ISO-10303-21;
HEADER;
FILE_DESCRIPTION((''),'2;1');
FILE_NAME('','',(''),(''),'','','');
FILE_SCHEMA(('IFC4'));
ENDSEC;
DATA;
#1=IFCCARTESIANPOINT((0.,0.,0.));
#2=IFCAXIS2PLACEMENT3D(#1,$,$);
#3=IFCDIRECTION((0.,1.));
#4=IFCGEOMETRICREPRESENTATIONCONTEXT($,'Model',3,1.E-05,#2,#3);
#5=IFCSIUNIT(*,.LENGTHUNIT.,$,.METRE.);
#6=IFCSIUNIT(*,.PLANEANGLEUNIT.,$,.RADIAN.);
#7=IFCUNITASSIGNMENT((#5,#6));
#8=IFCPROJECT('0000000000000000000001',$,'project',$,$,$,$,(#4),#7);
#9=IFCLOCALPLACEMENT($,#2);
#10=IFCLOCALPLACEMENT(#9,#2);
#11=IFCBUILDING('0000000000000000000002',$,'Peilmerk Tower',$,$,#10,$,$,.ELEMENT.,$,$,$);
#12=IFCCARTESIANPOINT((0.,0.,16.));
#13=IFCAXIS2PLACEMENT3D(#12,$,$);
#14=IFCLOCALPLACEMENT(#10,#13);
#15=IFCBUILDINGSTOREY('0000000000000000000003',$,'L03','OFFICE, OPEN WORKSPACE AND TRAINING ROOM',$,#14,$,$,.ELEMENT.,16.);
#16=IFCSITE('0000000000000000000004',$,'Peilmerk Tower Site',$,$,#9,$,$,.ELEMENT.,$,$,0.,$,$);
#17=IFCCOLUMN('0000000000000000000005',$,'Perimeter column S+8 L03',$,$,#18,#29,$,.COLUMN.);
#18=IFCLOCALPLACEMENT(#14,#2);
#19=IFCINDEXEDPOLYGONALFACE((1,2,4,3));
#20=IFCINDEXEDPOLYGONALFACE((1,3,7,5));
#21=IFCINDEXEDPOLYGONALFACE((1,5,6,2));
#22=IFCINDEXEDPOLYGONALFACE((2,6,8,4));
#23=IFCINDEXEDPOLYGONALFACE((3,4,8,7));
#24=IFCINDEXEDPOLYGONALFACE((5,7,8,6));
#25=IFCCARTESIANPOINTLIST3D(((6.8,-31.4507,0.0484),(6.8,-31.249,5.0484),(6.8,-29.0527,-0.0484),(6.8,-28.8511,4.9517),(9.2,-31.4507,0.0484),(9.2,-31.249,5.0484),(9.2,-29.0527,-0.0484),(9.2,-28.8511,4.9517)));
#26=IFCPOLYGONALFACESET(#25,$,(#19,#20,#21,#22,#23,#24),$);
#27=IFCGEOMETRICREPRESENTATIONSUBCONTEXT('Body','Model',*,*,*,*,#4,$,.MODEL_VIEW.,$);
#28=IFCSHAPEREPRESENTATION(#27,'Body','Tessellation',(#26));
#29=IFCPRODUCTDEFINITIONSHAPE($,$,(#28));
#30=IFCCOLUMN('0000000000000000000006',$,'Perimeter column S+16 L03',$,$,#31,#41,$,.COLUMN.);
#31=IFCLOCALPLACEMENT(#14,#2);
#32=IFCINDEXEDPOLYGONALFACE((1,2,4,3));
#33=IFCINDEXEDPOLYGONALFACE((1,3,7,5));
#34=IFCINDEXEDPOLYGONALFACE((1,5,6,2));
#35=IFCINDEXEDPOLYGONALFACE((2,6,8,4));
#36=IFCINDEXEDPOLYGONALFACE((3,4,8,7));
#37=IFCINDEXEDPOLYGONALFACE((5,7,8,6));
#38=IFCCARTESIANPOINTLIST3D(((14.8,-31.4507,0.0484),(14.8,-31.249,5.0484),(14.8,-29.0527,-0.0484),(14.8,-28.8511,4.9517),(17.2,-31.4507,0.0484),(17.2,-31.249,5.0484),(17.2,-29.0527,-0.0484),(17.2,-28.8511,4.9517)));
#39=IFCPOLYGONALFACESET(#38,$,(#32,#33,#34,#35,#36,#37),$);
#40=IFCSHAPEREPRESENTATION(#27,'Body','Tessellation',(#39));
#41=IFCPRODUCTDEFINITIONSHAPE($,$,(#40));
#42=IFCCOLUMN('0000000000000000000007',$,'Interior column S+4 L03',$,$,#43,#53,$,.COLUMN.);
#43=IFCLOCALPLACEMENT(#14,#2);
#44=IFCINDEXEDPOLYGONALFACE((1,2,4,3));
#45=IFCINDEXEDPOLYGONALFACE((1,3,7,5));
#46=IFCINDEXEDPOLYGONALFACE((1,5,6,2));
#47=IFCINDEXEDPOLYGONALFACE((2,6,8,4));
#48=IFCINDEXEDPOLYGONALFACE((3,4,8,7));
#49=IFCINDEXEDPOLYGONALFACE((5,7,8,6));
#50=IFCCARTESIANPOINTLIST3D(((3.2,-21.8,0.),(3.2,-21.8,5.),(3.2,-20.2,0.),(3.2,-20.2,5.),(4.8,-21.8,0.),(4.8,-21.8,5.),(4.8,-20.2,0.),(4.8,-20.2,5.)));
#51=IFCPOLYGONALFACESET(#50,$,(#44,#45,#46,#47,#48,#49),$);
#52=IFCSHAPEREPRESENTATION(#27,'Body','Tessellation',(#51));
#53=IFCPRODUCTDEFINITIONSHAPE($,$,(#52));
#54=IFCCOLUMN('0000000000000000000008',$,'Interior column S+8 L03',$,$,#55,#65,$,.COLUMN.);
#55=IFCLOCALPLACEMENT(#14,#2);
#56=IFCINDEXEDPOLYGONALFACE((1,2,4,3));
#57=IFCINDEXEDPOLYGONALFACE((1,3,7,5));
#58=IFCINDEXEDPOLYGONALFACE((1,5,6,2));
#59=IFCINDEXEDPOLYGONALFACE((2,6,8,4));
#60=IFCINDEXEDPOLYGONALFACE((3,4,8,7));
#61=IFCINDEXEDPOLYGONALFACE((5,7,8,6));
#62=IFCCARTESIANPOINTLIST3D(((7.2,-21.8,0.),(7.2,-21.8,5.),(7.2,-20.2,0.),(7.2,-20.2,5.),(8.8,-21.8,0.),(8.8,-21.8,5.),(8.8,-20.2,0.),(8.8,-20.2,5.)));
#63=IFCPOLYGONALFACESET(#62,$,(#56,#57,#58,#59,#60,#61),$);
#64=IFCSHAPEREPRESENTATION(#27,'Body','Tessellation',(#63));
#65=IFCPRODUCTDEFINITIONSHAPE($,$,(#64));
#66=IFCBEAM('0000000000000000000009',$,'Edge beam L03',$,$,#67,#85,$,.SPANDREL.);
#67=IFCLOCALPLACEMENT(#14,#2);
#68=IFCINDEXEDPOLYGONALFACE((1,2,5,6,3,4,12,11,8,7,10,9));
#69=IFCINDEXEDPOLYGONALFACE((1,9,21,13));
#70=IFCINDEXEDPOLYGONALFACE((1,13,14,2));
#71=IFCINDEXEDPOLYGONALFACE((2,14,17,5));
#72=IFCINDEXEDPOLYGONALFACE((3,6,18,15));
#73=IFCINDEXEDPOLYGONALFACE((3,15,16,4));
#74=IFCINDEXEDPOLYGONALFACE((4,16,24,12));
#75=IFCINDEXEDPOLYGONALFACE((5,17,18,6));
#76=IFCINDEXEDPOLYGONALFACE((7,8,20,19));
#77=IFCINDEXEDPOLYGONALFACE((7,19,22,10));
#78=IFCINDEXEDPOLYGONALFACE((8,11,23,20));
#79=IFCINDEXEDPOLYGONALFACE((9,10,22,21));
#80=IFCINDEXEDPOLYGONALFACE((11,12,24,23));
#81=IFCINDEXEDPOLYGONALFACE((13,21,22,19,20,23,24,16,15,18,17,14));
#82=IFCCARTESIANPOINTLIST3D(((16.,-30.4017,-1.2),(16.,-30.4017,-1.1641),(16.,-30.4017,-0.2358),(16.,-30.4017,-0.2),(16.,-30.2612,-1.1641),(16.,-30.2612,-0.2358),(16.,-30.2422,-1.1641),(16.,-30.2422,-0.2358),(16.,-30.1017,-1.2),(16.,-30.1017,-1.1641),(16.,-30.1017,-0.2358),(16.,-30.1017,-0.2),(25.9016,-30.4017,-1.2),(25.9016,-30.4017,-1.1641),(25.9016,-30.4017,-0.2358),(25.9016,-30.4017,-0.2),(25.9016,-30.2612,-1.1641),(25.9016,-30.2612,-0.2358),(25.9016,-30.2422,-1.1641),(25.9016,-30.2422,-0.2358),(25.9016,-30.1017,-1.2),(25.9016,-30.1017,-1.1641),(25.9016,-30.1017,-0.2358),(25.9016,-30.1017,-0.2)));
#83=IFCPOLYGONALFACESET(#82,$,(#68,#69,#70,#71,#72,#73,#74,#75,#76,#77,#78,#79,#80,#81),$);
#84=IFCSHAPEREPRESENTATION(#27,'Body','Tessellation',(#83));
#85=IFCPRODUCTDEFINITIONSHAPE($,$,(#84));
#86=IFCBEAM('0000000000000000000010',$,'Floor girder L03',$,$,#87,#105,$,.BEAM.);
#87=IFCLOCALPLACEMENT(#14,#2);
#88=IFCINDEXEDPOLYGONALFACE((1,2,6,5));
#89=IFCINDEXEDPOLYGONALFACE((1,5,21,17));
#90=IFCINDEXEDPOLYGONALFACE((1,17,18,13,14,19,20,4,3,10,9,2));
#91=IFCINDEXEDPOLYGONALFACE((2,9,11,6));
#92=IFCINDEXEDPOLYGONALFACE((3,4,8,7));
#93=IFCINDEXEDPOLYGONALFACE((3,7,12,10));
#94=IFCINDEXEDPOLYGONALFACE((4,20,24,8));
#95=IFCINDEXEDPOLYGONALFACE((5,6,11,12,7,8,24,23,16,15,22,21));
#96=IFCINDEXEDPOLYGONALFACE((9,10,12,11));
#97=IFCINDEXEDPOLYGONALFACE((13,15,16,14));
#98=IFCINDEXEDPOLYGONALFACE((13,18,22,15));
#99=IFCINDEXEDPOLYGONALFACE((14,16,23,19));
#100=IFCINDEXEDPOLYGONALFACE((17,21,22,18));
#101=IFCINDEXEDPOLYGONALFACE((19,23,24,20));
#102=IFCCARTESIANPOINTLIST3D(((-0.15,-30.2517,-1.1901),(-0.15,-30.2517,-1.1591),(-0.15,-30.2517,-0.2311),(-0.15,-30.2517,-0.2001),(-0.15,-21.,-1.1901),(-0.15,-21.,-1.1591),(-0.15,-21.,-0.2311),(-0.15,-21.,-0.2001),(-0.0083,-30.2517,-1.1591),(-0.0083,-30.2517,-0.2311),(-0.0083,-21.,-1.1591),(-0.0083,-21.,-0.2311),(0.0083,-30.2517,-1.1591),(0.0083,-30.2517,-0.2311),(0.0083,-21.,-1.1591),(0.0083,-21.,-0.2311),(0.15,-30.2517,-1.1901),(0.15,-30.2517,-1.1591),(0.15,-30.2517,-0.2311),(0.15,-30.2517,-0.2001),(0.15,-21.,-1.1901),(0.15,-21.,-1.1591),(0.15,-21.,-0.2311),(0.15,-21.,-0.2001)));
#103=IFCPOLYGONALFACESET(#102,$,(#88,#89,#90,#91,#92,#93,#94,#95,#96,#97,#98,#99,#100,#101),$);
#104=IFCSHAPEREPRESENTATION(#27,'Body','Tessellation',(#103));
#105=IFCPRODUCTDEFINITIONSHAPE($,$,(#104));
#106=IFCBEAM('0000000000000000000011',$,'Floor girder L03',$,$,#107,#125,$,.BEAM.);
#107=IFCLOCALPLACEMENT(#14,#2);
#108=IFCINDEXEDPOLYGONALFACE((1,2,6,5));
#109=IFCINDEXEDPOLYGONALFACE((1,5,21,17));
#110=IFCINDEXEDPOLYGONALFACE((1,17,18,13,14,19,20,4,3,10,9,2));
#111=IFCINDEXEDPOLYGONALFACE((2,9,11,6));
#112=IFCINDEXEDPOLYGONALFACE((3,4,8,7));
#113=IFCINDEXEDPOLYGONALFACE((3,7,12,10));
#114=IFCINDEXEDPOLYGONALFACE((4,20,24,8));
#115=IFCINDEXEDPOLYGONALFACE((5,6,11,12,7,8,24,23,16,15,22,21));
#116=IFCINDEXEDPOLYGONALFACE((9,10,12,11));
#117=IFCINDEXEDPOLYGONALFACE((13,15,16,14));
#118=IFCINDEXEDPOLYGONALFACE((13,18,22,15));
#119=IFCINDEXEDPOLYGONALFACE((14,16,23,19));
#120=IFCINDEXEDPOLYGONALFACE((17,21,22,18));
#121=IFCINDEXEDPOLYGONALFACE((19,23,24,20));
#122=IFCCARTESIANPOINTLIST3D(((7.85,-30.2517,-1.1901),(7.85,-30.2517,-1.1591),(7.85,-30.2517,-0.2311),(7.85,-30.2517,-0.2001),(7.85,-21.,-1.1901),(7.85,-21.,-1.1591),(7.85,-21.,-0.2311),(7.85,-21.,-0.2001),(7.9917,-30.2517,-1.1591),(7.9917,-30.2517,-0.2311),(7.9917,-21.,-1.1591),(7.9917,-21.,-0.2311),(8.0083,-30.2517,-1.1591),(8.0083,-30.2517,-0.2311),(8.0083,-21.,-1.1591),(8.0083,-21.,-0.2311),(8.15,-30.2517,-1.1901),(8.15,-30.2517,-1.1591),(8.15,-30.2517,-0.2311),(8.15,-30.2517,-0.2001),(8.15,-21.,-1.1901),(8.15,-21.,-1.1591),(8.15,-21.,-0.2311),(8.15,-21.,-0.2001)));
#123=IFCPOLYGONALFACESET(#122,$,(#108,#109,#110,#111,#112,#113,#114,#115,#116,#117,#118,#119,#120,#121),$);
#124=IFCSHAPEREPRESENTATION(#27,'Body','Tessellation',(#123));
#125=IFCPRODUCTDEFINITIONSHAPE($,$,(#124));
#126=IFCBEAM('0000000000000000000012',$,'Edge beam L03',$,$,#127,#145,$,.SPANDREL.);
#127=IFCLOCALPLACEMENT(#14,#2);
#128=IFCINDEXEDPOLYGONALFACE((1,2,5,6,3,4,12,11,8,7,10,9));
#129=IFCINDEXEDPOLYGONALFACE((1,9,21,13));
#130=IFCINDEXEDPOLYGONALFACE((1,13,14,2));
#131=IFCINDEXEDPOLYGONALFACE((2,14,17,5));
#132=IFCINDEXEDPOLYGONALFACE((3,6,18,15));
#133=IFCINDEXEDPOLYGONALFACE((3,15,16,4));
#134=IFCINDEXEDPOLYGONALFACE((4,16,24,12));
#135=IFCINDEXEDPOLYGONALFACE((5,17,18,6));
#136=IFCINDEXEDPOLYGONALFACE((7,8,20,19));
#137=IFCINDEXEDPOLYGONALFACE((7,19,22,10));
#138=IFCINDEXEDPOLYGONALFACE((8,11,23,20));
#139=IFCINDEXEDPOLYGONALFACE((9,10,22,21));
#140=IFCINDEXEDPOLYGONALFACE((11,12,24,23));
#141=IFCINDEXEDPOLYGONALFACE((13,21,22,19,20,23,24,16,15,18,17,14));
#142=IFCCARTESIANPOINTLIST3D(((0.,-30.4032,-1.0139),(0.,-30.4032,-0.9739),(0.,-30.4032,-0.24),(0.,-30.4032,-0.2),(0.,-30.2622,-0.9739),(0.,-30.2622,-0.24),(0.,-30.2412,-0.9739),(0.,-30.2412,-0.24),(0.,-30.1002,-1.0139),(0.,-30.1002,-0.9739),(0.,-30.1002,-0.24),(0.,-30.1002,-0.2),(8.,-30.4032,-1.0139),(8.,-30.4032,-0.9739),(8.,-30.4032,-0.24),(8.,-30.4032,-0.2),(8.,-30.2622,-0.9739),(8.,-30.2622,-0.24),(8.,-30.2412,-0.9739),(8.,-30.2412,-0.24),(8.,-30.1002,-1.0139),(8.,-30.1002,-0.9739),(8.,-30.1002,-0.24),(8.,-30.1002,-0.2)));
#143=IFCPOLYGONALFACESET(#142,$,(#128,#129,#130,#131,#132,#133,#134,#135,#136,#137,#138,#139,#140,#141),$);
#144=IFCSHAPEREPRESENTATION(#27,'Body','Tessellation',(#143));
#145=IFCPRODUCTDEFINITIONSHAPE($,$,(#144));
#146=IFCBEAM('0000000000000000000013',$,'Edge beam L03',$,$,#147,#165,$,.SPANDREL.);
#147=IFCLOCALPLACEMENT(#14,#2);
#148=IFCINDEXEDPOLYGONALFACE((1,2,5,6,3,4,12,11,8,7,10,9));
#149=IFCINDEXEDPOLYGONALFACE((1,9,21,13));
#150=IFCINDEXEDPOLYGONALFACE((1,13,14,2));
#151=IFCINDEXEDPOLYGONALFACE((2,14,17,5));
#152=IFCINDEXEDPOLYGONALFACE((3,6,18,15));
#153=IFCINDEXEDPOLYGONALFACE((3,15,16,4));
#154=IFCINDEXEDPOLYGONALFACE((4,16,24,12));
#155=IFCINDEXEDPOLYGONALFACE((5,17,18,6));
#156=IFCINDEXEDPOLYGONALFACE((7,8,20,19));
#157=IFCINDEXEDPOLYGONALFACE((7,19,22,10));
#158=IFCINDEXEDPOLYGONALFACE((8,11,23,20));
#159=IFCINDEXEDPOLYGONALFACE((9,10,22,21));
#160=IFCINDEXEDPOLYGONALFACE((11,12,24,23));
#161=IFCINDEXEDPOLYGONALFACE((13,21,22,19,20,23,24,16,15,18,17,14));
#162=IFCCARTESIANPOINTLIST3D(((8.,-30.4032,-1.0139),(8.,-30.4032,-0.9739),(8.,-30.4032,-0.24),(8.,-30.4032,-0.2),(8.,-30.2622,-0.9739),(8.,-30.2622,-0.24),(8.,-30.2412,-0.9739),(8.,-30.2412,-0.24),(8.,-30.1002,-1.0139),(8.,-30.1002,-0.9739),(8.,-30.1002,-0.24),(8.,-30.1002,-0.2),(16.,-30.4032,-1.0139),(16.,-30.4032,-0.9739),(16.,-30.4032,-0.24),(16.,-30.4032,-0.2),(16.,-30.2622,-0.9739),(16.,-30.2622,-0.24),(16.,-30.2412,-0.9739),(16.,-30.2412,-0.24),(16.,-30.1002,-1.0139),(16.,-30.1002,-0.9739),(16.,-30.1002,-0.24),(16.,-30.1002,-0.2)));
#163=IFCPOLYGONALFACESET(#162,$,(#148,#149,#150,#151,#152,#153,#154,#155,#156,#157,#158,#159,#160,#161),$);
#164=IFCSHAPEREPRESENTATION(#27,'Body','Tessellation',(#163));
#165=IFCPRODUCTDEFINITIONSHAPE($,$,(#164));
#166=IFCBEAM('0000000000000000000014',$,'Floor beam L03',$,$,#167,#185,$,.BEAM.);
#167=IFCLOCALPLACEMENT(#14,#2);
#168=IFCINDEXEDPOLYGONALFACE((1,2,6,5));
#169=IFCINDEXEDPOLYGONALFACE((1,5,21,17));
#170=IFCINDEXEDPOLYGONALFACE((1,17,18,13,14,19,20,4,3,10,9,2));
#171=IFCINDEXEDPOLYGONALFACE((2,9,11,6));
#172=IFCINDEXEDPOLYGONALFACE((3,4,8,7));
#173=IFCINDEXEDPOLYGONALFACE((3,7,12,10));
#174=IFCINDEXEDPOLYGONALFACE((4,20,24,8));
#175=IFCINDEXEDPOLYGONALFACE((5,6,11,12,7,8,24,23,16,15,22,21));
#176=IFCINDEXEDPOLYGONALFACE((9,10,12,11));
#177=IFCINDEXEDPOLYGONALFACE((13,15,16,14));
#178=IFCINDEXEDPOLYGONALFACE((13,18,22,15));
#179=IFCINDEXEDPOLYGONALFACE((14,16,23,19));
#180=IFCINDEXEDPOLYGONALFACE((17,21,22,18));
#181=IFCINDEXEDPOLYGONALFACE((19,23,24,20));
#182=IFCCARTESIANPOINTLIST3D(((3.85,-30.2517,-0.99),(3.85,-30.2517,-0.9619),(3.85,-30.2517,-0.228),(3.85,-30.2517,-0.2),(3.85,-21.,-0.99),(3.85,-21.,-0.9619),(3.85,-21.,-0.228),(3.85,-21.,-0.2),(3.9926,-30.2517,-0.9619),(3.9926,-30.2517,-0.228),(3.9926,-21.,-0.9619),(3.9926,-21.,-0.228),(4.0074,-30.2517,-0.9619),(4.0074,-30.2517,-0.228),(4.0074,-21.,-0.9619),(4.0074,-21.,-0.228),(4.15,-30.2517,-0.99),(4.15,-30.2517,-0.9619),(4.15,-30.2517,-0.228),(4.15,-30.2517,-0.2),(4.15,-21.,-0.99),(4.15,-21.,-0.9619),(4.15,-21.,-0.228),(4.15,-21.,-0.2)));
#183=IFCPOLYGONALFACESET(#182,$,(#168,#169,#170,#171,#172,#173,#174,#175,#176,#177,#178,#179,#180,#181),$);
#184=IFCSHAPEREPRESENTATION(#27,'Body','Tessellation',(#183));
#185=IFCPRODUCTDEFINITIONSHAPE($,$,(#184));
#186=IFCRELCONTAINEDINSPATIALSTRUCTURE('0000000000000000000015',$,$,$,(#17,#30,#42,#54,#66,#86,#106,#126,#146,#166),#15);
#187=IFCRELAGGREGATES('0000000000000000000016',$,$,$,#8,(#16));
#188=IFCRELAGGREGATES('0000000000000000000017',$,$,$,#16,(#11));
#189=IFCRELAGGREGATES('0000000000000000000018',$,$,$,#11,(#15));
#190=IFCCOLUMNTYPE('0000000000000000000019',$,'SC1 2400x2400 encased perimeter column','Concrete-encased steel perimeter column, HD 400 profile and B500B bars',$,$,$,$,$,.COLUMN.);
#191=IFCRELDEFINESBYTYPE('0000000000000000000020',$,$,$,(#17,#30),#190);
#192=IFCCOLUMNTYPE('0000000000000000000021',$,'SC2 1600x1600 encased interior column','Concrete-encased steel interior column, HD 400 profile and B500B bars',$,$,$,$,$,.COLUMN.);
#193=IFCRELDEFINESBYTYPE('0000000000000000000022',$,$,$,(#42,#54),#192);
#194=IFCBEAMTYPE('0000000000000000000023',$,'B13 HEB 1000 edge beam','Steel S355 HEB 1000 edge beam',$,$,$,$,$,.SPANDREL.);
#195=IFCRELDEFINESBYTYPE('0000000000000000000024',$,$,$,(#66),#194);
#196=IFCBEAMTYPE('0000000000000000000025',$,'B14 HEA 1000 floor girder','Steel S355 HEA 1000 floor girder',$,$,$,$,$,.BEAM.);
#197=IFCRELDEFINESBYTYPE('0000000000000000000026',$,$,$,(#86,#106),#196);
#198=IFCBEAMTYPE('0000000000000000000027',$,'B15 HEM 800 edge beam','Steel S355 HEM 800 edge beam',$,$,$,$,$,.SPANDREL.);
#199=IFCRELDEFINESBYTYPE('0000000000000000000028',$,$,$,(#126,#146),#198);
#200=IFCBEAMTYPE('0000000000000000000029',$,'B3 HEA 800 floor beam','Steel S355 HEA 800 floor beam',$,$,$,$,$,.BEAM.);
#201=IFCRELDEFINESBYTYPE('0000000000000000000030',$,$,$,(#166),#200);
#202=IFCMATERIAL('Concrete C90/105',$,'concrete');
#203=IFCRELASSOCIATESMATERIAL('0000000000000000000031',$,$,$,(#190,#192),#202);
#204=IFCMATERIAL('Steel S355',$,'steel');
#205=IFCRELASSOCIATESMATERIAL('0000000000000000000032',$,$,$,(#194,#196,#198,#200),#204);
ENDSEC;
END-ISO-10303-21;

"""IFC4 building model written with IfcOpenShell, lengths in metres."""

from ifc_helpers import new_model, si_unit, direction, frame, origin, origin_2d, place, context, subcontext, project, spatial, rectangle, i_section, extrude, material, material_profile, profile_set, type_object, element, save


model = new_model("IFC4")

# Units and contexts
model_context = context("Model", 3, precision=1e-05, world=origin(), true_north=direction((0.0, 1.0)))
body_context = subcontext(model_context, "Body", "Model", "MODEL_VIEW")
ifc_project = project(units=[si_unit("LENGTHUNIT", "METRE"), si_unit("PLANEANGLEUNIT", "RADIAN")], contexts=[model_context])

# Site, building, storey
site_placement = place(None, origin())
site = spatial("IfcSite", under=ifc_project, at=site_placement, Name="Peilmerk Tower Site", CompositionType="ELEMENT", RefElevation=0.0)
building_placement = place(site_placement, origin())
building = spatial("IfcBuilding", under=site, at=building_placement, Name="Peilmerk Tower", CompositionType="ELEMENT")
storey_placement = place(building_placement, frame((0.0, 0.0, 16.0)))
storey = spatial("IfcBuildingStorey", under=building, at=storey_placement, Name="L03", Description="OFFICE, OPEN WORKSPACE AND TRAINING ROOM", CompositionType="ELEMENT", Elevation=16.0)

# Columns
ifc_material_1 = material(Name="Concrete C90/105", Category="concrete")
ifc_material_profile_1 = material_profile(ifc_material_1, rectangle(XDim=2.3999, YDim=2.3999, at=origin_2d()), Name="RC 2400x2400")
ifc_profile_set_1 = profile_set([ifc_material_profile_1], Name="Concrete C90/105")
column_type_1 = type_object("IfcColumnType", Name="SC1 2400x2400 encased perimeter column", Description="Concrete-encased steel perimeter column, HD 400 profile and B500B bars", PredefinedType="COLUMN", material=ifc_profile_set_1)
for number, where, z_axis, x_axis, name in (
    (1, (8.0, -30.2517, 0.0), (0.0, 0.040299, 0.999188), (-1.0, 0.0, 0.0), "Perimeter column S+8 L03"),
    (2, (16.0, -30.2517, 0.0), (0.0, 0.040299, 0.999188), (-1.0, 0.0, 0.0), "Perimeter column S+16 L03"),
):
    element("IfcColumn", number, at=place(storey_placement, frame(where, z_axis=z_axis, x_axis=x_axis)), inside=storey, type_object=column_type_1, Name=name, PredefinedType="COLUMN", context=body_context, shape_type="SweptSolid", body=[
        extrude(rectangle(XDim=2.3999, YDim=2.3999, at=origin_2d()), origin(), (0.0, 0.0, 1.0), 5.0042),
    ])
ifc_material_profile_2 = material_profile(ifc_material_1, rectangle(XDim=1.6001, YDim=1.6001, at=origin_2d()), Name="RC 1600x1600")
ifc_profile_set_2 = profile_set([ifc_material_profile_2], Name="Concrete C90/105")
column_type_2 = type_object("IfcColumnType", Name="SC2 1600x1600 encased interior column", Description="Concrete-encased steel interior column, HD 400 profile and B500B bars", PredefinedType="COLUMN", material=ifc_profile_set_2)
for number, where, z_axis, x_axis, name in (
    (3, (4.0, -21.0, 0.0), (0.0, 0.0, 1.0), (1.0, 0.0, 0.0), "Interior column S+4 L03"),
    (4, (8.0, -21.0, 0.0), (0.0, 0.0, 1.0), (1.0, 0.0, 0.0), "Interior column S+8 L03"),
):
    element("IfcColumn", number, at=place(storey_placement, frame(where, z_axis=z_axis, x_axis=x_axis)), inside=storey, type_object=column_type_2, Name=name, PredefinedType="COLUMN", context=body_context, shape_type="SweptSolid", body=[
        extrude(rectangle(XDim=1.6001, YDim=1.6001, at=origin_2d()), origin(), (0.0, 0.0, 1.0), 5.0),
    ])

# Beams
ifc_material_2 = material(Name="Steel S355", Category="steel")
ifc_material_profile_3 = material_profile(ifc_material_2, i_section(OverallWidth=0.3, OverallDepth=1.0, WebThickness=0.019, FlangeThickness=0.0359, at=origin_2d()), Name="HEB 1000")
ifc_profile_set_3 = profile_set([ifc_material_profile_3], Name="Steel S355")
beam_type_1 = type_object("IfcBeamType", Name="B13 HEB 1000 edge beam", Description="Steel S355 HEB 1000 edge beam", PredefinedType="SPANDREL", material=ifc_profile_set_3)
beam_1_placement = place(storey_placement, frame((16.0, -30.2517, -0.7), z_axis=(1.0, 0.0, 0.0), x_axis=(0.0, 1.0, 0.0)))
element("IfcBeam", 5, at=beam_1_placement, inside=storey, type_object=beam_type_1, Name="Edge beam L03", PredefinedType="SPANDREL", context=body_context, shape_type="SweptSolid", body=[
    extrude(i_section(OverallWidth=0.3, OverallDepth=1.0, WebThickness=0.019, FlangeThickness=0.0359, at=origin_2d()), origin(), (0.0, 0.0, 1.0), 9.9016),
])
ifc_material_profile_4 = material_profile(ifc_material_2, i_section(OverallWidth=0.3, OverallDepth=0.99, WebThickness=0.0166, FlangeThickness=0.031, at=origin_2d()), Name="HEA 1000")
ifc_profile_set_4 = profile_set([ifc_material_profile_4], Name="Steel S355")
beam_type_2 = type_object("IfcBeamType", Name="B14 HEA 1000 floor girder", Description="Steel S355 HEA 1000 floor girder", PredefinedType="BEAM", material=ifc_profile_set_4)
for number, where, z_axis, x_axis, name in (
    (6, (0.0, -21.0, -0.6951), (0.0, -1.0, 0.0), (1.0, 0.0, 0.0), "Floor girder L03"),
    (7, (8.0, -21.0, -0.6951), (0.0, -1.0, 0.0), (1.0, 0.0, 0.0), "Floor girder L03"),
):
    element("IfcBeam", number, at=place(storey_placement, frame(where, z_axis=z_axis, x_axis=x_axis)), inside=storey, type_object=beam_type_2, Name=name, PredefinedType="BEAM", context=body_context, shape_type="SweptSolid", body=[
        extrude(i_section(OverallWidth=0.3, OverallDepth=0.99, WebThickness=0.0166, FlangeThickness=0.031, at=origin_2d()), origin(), (0.0, 0.0, 1.0), 9.2517),
    ])
ifc_material_profile_5 = material_profile(ifc_material_2, i_section(OverallWidth=0.303, OverallDepth=0.814, WebThickness=0.021, FlangeThickness=0.04, at=origin_2d()), Name="HEM 800")
ifc_profile_set_5 = profile_set([ifc_material_profile_5], Name="Steel S355")
beam_type_3 = type_object("IfcBeamType", Name="B15 HEM 800 edge beam", Description="Steel S355 HEM 800 edge beam", PredefinedType="SPANDREL", material=ifc_profile_set_5)
for number, where, z_axis, x_axis, name in (
    (8, (0.0, -30.2517, -0.6069), (1.0, 0.0, 0.0), (0.0, 1.0, 0.0), "Edge beam L03"),
    (9, (8.0, -30.2517, -0.6069), (1.0, 0.0, 0.0), (0.0, 1.0, 0.0), "Edge beam L03"),
):
    element("IfcBeam", number, at=place(storey_placement, frame(where, z_axis=z_axis, x_axis=x_axis)), inside=storey, type_object=beam_type_3, Name=name, PredefinedType="SPANDREL", context=body_context, shape_type="SweptSolid", body=[
        extrude(i_section(OverallWidth=0.303, OverallDepth=0.814, WebThickness=0.021, FlangeThickness=0.04, at=origin_2d()), origin(), (0.0, 0.0, 1.0), 8.0),
    ])
ifc_material_profile_6 = material_profile(ifc_material_2, i_section(OverallWidth=0.3, OverallDepth=0.79, WebThickness=0.0149, FlangeThickness=0.0281, at=origin_2d()), Name="HEA 800")
ifc_profile_set_6 = profile_set([ifc_material_profile_6], Name="Steel S355")
beam_type_4 = type_object("IfcBeamType", Name="B3 HEA 800 floor beam", Description="Steel S355 HEA 800 floor beam", PredefinedType="BEAM", material=ifc_profile_set_6)
beam_2_placement = place(storey_placement, frame((4.0, -21.0, -0.595), z_axis=(0.0, -1.0, 0.0), x_axis=(1.0, 0.0, 0.0)))
element("IfcBeam", 10, at=beam_2_placement, inside=storey, type_object=beam_type_4, Name="Floor beam L03", PredefinedType="BEAM", context=body_context, shape_type="SweptSolid", body=[
    extrude(i_section(OverallWidth=0.3, OverallDepth=0.79, WebThickness=0.0149, FlangeThickness=0.0281, at=origin_2d()), origin(), (0.0, 0.0, 1.0), 9.2517),
])

save(model, "model.ifc")
